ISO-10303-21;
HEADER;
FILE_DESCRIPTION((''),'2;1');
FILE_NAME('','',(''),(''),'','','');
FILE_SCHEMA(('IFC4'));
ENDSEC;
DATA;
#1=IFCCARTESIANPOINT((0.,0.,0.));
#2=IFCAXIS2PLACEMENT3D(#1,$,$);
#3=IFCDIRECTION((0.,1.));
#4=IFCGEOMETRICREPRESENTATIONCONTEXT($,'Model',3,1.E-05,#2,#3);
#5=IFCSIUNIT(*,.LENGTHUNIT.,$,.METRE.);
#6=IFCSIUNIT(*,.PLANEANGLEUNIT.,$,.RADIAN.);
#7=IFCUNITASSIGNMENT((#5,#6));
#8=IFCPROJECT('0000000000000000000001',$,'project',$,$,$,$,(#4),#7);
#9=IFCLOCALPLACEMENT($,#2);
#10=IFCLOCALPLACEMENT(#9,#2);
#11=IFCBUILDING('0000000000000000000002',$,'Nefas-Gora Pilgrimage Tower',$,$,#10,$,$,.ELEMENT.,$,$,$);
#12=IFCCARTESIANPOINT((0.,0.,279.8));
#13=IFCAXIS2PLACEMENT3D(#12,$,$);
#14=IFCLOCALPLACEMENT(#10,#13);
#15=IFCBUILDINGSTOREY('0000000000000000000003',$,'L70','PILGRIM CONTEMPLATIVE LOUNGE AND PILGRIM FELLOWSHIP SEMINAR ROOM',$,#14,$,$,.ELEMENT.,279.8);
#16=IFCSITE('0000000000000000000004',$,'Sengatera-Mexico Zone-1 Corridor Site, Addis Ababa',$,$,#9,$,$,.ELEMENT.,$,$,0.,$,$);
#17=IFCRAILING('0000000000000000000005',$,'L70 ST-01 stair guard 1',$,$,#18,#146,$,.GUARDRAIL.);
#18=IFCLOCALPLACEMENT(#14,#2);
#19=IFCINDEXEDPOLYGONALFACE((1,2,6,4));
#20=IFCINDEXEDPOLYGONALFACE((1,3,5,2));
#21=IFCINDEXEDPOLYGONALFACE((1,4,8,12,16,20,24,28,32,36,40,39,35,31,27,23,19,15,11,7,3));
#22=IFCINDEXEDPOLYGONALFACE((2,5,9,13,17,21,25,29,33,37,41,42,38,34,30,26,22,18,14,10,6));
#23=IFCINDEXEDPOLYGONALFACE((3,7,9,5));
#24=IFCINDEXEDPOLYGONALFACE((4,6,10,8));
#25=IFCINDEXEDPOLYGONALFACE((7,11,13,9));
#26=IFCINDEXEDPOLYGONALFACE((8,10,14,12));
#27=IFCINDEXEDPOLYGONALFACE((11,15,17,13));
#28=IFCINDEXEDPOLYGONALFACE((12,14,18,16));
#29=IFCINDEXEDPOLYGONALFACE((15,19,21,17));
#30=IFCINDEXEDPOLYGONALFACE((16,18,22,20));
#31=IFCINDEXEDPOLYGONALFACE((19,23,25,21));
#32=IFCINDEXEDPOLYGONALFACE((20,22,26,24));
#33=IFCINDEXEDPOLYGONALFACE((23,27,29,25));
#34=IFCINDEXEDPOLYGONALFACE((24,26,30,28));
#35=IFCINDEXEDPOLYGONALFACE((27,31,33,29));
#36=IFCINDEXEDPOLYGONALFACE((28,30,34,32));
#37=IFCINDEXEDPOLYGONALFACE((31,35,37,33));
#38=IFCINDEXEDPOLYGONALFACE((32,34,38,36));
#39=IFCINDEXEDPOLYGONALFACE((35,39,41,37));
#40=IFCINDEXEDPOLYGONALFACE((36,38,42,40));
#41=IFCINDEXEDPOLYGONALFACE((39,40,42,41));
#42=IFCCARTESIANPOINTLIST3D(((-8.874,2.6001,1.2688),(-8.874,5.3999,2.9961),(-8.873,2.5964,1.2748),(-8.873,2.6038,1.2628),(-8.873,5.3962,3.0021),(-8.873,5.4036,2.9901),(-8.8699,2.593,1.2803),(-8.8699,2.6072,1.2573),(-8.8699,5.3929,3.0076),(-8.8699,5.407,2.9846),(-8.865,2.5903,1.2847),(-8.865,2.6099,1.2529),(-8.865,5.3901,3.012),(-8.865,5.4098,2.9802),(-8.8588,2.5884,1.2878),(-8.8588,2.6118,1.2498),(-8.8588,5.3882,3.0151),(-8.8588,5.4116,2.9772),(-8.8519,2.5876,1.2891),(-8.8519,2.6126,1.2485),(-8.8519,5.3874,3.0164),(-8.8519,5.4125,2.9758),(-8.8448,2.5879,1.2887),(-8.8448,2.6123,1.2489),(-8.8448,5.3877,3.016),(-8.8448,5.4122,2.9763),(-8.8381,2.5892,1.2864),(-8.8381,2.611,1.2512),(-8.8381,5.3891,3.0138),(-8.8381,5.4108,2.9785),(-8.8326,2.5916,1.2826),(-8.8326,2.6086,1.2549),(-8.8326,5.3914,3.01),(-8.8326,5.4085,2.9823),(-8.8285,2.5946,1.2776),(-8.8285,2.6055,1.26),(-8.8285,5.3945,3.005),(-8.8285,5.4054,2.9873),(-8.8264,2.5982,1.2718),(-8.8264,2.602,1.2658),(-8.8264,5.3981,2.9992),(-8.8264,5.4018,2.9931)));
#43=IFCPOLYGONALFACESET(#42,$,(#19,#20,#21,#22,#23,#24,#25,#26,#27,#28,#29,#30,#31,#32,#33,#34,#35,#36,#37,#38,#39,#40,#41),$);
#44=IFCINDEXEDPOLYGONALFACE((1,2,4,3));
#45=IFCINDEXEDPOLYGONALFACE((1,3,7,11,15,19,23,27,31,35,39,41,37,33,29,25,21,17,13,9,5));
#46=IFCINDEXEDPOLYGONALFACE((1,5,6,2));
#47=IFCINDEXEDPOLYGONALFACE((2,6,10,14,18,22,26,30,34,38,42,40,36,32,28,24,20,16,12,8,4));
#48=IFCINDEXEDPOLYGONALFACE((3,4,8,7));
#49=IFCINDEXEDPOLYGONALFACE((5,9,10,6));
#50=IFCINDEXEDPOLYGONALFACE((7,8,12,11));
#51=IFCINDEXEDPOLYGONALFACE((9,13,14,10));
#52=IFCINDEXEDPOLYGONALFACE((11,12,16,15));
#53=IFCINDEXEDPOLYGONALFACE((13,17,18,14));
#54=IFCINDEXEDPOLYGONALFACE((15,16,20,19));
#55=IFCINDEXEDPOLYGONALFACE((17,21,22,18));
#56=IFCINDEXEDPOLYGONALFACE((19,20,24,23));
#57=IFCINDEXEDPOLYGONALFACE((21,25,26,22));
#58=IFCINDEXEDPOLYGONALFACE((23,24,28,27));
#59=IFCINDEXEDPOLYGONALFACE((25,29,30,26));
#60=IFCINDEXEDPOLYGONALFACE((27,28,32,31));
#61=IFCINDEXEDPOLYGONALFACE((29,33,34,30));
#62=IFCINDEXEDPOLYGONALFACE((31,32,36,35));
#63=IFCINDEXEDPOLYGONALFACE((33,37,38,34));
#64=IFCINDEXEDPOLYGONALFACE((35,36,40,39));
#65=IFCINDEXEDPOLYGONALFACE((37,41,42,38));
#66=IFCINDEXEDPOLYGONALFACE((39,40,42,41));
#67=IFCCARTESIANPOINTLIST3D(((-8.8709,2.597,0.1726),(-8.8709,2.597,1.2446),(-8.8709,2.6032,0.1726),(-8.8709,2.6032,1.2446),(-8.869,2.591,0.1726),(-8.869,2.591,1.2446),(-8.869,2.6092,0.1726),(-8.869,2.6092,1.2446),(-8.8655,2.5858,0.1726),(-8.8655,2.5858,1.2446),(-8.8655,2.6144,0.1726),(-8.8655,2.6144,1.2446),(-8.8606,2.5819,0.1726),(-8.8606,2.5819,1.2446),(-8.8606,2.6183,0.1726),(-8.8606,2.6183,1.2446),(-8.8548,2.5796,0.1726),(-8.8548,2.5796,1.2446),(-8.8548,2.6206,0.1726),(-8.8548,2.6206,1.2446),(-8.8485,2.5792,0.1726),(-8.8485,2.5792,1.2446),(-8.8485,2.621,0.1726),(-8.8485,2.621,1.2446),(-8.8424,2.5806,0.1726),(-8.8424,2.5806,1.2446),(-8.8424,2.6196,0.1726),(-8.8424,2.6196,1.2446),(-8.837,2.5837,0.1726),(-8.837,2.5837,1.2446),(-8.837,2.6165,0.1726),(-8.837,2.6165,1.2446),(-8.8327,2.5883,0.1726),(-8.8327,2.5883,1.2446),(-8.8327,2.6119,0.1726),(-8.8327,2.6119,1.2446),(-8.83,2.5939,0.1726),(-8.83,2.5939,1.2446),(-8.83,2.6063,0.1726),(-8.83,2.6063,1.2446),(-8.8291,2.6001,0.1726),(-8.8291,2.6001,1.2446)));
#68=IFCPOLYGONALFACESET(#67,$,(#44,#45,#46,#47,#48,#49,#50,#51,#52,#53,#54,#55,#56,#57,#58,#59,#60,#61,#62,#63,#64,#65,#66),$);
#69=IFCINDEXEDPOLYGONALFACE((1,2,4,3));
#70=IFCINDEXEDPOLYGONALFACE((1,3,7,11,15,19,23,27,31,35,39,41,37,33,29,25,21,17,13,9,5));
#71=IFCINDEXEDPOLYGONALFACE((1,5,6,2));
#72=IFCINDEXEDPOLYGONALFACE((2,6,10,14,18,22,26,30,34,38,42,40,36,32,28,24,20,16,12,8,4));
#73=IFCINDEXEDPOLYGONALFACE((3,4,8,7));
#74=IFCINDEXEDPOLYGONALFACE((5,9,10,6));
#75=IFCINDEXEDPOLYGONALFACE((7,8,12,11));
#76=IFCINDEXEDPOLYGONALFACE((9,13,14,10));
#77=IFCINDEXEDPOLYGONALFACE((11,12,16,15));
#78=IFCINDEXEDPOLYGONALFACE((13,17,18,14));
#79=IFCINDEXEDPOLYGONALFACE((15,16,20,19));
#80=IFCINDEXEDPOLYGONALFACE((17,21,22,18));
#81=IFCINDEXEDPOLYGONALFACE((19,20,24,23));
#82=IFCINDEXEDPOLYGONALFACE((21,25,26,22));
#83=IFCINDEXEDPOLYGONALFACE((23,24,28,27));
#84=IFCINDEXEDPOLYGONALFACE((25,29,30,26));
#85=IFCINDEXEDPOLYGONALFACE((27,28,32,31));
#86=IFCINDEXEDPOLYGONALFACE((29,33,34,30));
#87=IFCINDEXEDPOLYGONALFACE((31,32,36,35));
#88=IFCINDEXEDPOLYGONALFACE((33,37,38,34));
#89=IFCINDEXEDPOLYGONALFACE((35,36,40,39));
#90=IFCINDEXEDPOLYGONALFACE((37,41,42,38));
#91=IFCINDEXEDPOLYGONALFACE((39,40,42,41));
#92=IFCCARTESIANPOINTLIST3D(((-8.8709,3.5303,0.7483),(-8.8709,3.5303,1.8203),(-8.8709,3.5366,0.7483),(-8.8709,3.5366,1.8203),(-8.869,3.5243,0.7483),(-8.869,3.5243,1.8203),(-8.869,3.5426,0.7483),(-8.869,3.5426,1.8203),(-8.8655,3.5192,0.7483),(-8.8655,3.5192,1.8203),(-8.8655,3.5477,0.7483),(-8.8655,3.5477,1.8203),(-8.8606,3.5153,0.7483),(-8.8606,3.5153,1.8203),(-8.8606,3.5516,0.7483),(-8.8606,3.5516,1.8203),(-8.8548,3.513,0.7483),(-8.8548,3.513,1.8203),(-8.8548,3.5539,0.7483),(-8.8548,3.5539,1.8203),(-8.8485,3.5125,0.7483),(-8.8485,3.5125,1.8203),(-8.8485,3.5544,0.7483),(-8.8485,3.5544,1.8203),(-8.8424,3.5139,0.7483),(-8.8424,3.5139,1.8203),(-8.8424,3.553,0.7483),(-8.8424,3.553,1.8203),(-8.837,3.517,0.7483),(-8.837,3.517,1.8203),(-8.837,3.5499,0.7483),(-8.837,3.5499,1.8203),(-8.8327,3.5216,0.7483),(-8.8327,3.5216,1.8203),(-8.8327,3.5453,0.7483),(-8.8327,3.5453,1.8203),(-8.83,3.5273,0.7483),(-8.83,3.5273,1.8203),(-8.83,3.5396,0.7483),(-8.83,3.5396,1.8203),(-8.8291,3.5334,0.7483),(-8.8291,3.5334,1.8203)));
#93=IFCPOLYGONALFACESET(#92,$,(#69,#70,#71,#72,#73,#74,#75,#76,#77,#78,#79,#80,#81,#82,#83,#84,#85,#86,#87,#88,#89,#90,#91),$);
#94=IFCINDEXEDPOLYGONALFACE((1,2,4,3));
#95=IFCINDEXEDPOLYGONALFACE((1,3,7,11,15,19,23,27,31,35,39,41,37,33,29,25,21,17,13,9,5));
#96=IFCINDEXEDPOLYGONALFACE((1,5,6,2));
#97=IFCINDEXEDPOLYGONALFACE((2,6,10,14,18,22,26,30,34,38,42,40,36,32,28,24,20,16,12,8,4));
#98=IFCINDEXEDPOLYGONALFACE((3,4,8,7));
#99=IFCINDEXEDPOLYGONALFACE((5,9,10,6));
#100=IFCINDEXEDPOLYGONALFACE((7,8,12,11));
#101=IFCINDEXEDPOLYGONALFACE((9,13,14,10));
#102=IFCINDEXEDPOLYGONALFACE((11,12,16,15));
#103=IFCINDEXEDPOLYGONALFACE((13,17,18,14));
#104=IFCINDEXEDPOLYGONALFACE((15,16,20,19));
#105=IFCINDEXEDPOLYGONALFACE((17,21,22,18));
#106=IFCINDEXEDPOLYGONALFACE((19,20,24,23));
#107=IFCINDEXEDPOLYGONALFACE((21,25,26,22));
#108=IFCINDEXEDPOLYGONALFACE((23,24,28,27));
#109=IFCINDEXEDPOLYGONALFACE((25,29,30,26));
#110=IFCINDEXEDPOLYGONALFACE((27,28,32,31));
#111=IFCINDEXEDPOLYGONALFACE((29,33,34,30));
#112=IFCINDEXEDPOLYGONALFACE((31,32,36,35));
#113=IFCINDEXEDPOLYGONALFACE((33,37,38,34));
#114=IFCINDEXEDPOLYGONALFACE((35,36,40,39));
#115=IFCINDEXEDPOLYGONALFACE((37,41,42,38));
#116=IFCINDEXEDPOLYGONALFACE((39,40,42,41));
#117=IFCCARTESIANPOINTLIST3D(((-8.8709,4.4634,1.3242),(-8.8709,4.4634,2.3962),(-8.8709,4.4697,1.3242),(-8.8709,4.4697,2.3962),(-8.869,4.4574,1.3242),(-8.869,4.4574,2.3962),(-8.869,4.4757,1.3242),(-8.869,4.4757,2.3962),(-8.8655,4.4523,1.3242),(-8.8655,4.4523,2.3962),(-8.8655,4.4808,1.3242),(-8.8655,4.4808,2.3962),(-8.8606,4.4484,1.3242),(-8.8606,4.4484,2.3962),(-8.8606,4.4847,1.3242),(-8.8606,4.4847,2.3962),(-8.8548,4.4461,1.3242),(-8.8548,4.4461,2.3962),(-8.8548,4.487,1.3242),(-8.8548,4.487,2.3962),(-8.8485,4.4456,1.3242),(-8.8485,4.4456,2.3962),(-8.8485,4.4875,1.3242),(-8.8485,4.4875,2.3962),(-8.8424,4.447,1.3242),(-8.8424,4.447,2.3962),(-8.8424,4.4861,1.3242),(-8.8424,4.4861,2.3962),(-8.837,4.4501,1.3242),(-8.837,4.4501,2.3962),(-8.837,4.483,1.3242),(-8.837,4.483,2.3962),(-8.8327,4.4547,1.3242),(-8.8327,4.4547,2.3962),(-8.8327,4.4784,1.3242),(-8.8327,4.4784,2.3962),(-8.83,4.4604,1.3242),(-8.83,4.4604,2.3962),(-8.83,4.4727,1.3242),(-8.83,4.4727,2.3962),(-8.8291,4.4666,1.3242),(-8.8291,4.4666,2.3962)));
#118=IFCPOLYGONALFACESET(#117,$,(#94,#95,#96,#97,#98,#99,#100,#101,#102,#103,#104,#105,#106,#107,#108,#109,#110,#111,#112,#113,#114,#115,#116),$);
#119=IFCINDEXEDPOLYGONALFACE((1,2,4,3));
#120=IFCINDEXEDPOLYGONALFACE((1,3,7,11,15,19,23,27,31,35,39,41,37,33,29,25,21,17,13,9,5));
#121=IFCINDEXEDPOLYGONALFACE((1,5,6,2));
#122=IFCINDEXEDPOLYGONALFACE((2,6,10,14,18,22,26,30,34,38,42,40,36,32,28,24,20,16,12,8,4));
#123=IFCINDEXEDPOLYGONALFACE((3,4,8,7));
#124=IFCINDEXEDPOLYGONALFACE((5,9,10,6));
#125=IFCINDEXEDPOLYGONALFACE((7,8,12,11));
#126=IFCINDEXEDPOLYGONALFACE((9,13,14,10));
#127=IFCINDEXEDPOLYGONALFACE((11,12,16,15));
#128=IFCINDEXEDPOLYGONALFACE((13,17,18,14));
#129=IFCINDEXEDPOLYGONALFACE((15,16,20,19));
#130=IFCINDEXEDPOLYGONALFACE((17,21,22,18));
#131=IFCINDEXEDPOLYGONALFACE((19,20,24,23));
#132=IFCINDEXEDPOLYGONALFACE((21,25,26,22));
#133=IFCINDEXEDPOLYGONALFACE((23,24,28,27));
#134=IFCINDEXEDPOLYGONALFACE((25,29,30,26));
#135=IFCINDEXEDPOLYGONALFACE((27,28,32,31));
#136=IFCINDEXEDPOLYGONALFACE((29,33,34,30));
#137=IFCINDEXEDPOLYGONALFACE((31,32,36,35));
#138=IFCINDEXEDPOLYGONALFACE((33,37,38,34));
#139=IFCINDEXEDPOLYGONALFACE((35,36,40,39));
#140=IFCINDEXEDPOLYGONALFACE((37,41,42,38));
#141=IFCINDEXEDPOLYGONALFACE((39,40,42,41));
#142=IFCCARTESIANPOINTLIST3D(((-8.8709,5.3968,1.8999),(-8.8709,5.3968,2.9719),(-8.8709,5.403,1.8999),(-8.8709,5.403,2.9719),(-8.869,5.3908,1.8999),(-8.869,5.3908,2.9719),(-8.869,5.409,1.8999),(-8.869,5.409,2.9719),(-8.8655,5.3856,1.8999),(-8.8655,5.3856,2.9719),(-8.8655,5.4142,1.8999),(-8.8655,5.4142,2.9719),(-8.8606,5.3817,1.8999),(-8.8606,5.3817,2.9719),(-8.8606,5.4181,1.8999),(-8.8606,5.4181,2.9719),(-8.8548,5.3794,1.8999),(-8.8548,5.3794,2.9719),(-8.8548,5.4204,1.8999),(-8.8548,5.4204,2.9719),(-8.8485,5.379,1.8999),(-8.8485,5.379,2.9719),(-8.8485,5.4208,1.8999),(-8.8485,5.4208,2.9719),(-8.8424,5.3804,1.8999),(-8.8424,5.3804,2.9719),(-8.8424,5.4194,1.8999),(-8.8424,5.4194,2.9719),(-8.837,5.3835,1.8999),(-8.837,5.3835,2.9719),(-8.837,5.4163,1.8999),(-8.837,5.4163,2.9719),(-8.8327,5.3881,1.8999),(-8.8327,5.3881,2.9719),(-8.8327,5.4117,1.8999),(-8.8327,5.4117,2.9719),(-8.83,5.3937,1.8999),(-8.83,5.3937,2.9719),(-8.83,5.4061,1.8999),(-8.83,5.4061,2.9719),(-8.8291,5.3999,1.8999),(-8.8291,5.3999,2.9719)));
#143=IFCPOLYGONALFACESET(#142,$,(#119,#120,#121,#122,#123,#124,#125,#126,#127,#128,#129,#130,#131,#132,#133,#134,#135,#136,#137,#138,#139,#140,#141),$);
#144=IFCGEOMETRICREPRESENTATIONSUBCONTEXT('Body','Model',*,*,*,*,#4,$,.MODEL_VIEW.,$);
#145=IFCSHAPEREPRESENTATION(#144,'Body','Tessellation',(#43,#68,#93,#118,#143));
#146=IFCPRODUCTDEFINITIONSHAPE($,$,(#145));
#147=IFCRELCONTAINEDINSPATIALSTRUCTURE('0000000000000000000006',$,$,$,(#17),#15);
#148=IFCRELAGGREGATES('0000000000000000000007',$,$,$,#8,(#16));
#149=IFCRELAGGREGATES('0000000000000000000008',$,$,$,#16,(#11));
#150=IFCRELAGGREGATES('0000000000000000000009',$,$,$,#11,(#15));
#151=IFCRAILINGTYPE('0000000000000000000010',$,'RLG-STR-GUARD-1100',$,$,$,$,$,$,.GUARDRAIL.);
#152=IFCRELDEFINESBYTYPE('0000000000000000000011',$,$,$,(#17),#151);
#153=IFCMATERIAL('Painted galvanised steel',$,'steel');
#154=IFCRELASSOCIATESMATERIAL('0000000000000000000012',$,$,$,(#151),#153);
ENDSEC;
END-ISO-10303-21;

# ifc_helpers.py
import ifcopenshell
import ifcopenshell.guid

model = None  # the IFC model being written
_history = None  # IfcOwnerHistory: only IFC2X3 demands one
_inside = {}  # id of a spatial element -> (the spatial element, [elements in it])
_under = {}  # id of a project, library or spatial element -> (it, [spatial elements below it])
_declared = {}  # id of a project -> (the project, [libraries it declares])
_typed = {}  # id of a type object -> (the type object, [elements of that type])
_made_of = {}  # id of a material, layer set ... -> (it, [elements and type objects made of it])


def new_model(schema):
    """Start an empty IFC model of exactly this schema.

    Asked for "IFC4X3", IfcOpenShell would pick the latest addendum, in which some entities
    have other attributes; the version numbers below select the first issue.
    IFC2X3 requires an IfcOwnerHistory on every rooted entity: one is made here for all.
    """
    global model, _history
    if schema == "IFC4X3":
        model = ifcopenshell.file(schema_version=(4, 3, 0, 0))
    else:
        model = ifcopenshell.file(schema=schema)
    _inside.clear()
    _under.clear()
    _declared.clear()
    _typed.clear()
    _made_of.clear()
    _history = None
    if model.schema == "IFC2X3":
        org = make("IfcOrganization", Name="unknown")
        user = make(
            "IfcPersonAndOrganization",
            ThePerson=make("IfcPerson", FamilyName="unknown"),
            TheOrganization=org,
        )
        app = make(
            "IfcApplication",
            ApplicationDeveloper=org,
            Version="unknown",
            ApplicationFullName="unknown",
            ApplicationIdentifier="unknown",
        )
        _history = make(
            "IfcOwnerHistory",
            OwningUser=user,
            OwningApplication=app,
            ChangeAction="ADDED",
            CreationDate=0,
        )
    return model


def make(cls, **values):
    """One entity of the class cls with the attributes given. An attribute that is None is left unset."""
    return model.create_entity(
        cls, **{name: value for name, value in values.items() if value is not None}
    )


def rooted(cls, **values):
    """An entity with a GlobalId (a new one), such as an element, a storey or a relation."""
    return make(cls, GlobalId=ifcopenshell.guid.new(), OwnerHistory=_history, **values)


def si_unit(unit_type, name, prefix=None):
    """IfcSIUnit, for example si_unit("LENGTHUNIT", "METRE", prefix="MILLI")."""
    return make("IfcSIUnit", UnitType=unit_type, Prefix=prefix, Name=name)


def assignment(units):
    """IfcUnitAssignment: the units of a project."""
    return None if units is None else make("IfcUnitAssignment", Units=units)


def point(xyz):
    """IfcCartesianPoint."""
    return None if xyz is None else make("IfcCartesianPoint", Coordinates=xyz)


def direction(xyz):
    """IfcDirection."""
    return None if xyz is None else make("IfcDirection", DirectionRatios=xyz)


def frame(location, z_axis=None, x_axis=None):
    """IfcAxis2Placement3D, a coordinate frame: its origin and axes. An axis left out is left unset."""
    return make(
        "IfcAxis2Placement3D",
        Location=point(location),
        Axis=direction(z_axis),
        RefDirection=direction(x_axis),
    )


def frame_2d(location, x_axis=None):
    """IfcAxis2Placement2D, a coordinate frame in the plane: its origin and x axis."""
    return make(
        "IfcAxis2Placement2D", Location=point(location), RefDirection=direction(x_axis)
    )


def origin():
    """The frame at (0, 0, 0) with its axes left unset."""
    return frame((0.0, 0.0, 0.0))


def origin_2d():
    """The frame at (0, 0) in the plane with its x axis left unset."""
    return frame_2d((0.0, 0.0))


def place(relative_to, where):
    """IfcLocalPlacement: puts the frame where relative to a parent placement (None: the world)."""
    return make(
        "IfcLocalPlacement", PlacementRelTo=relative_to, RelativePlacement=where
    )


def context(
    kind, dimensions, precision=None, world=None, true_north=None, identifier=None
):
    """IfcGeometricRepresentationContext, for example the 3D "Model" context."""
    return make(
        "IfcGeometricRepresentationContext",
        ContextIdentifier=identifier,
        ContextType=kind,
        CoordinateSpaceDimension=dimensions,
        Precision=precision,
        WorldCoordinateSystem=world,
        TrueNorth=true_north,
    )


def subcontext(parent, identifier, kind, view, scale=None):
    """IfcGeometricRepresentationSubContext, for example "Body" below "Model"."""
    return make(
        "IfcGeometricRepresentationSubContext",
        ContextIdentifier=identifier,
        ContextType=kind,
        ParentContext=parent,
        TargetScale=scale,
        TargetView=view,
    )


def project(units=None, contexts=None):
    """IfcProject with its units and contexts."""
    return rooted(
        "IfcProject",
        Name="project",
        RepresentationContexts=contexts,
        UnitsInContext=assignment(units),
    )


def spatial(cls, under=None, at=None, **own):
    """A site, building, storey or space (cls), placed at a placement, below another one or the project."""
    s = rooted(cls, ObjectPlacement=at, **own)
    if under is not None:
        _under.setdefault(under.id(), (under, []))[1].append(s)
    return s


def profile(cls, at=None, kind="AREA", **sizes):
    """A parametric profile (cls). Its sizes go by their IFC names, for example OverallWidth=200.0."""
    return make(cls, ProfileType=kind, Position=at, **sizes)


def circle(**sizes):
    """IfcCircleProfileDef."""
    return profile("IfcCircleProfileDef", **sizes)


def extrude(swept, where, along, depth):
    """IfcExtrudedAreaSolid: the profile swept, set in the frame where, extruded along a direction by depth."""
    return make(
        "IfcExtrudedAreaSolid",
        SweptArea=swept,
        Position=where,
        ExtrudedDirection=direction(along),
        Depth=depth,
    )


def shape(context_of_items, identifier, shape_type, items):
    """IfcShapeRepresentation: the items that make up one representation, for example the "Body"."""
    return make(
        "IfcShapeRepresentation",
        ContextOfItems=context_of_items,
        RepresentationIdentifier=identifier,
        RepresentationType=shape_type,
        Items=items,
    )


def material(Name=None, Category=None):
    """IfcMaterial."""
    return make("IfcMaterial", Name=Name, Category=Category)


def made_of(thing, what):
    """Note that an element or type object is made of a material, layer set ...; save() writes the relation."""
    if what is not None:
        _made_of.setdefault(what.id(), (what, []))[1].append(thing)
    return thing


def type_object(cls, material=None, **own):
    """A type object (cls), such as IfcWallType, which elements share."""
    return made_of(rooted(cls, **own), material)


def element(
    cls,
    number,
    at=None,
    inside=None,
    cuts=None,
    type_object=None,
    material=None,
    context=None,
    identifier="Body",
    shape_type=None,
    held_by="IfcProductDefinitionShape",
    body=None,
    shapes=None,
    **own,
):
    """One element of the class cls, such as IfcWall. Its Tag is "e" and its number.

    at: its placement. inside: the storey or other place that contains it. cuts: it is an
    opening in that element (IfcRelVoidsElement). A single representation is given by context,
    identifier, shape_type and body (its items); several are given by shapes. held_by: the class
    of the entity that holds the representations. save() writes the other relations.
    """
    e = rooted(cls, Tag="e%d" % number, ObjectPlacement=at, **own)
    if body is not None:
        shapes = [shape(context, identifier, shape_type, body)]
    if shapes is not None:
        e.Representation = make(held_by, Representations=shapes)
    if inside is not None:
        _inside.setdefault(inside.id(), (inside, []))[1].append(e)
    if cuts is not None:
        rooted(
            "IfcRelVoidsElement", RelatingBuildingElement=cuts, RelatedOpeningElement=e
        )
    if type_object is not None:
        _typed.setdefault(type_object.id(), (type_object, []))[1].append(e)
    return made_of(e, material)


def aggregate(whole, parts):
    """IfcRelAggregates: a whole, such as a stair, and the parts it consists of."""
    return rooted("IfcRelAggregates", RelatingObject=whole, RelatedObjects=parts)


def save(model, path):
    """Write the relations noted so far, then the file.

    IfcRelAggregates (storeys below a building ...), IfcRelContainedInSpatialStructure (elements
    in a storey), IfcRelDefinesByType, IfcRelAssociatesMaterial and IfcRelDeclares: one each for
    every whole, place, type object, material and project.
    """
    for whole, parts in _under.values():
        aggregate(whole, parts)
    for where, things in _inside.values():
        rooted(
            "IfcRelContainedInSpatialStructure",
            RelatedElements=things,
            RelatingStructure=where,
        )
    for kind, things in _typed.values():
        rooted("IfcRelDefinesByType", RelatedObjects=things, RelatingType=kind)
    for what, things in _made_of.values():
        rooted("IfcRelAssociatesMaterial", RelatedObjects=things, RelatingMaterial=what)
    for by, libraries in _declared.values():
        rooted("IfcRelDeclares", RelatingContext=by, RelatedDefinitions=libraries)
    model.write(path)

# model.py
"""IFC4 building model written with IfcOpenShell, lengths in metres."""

from ifc_helpers import new_model, si_unit, direction, frame, origin, origin_2d, place, context, subcontext, project, spatial, circle, extrude, material, type_object, element, save


model = new_model("IFC4")

# Units and contexts
model_context = context("Model", 3, precision=1e-05, world=origin(), true_north=direction((0.0, 1.0)))
body_context = subcontext(model_context, "Body", "Model", "MODEL_VIEW")
ifc_project = project(units=[si_unit("LENGTHUNIT", "METRE"), si_unit("PLANEANGLEUNIT", "RADIAN")], contexts=[model_context])

# Site, building, storey
site_placement = place(None, origin())
site = spatial("IfcSite", under=ifc_project, at=site_placement, Name="Sengatera-Mexico Zone-1 Corridor Site, Addis Ababa", CompositionType="ELEMENT", RefElevation=0.0)
building_placement = place(site_placement, origin())
building = spatial("IfcBuilding", under=site, at=building_placement, Name="Nefas-Gora Pilgrimage Tower", CompositionType="ELEMENT")
storey_placement = place(building_placement, frame((0.0, 0.0, 279.8)))
storey = spatial("IfcBuildingStorey", under=building, at=storey_placement, Name="L70", Description="PILGRIM CONTEMPLATIVE LOUNGE AND PILGRIM FELLOWSHIP SEMINAR ROOM", CompositionType="ELEMENT", Elevation=279.8)

# Railing
ifc_material_1 = material(Name="Painted galvanised steel", Category="steel")
railing_type_1 = type_object("IfcRailingType", Name="RLG-STR-GUARD-1100", PredefinedType="GUARDRAIL", material=ifc_material_1)
railing_1_placement = place(storey_placement, frame((-8.8501, 2.6001, 0.1726)))
element("IfcRailing", 1, at=railing_1_placement, inside=storey, type_object=railing_type_1, Name="L70 ST-01 stair guard 1", PredefinedType="GUARDRAIL", context=body_context, shape_type="SweptSolid", body=[
    extrude(circle(Radius=0.0239, at=origin_2d()), frame((0.0, 0.0, 1.0962), z_axis=(0.0, 0.851069, 0.525054), x_axis=(-1.0, 0.0, 0.0)), (0.0, 0.0, 1.0), 3.2898),
    extrude(circle(Radius=0.021, at=origin_2d()), origin(), (0.0, 0.0, 1.0), 1.072),
    extrude(circle(Radius=0.021, at=origin_2d()), frame((0.0, 0.9333, 0.5757)), (0.0, 0.0, 1.0), 1.072),
    extrude(circle(Radius=0.021, at=origin_2d()), frame((0.0, 1.8665, 1.1516)), (0.0, 0.0, 1.0), 1.072),
    extrude(circle(Radius=0.021, at=origin_2d()), frame((0.0, 2.7998, 1.7273)), (0.0, 0.0, 1.0), 1.072),
])

save(model, "model.ifc")
